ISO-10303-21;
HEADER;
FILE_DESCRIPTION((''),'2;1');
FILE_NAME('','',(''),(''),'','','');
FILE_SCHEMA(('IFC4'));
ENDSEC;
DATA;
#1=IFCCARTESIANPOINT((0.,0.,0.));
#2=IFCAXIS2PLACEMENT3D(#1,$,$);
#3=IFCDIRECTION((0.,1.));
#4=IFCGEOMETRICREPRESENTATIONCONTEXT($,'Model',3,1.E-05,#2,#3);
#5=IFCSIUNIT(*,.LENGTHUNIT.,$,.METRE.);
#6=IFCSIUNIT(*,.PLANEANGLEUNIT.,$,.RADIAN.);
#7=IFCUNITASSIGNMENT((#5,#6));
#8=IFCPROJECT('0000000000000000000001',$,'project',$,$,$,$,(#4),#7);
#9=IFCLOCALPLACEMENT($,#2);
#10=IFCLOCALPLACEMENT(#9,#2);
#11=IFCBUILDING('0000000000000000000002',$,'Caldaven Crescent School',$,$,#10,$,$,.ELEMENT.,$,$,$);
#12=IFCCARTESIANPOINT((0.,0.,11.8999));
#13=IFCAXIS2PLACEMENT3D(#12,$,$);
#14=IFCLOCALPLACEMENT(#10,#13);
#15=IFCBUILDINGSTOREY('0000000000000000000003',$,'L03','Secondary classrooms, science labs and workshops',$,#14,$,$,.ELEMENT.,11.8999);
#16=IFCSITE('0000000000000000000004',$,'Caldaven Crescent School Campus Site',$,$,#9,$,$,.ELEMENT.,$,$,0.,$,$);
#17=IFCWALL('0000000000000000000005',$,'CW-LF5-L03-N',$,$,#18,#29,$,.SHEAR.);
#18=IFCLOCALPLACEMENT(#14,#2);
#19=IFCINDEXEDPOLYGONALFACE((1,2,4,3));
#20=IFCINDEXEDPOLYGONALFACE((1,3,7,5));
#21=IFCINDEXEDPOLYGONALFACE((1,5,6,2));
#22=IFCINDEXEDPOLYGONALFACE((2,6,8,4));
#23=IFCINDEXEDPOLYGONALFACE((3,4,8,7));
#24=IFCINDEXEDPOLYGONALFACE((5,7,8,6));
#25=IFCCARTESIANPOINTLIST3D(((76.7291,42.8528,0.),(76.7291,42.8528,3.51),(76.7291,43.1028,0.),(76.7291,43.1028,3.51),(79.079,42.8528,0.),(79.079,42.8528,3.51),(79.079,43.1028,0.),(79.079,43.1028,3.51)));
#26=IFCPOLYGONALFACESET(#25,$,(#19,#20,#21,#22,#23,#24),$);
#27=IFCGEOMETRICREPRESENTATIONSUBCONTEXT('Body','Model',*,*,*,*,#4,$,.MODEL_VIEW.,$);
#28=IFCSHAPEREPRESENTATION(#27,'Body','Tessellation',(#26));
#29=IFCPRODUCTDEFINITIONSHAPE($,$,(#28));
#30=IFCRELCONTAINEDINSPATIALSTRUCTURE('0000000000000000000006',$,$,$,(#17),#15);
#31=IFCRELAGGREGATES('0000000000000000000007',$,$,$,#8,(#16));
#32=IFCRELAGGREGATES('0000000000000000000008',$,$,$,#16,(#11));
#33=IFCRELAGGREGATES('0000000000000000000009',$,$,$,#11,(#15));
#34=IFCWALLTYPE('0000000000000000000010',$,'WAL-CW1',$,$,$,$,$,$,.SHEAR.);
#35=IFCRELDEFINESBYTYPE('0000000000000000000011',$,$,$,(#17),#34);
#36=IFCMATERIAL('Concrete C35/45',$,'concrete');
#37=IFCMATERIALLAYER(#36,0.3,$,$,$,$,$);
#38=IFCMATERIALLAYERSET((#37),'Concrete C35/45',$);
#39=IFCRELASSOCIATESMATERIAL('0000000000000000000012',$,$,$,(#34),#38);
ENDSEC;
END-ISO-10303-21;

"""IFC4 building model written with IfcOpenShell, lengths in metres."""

from ifc_helpers import new_model, si_unit, direction, frame, frame_2d, origin, place, context, subcontext, project, spatial, rectangle, extrude, material, layer, layer_set, type_object, element, save


model = new_model("IFC4")

# Units and contexts
model_context = context("Model", 3, precision=1e-05, world=origin(), true_north=direction((0.0, 1.0)))
body_context = subcontext(model_context, "Body", "Model", "MODEL_VIEW")
ifc_project = project(units=[si_unit("LENGTHUNIT", "METRE"), si_unit("PLANEANGLEUNIT", "RADIAN")], contexts=[model_context])

# Site, building, storey
site_placement = place(None, origin())
site = spatial("IfcSite", under=ifc_project, at=site_placement, Name="Caldaven Crescent School Campus Site", CompositionType="ELEMENT", RefElevation=0.0)
building_placement = place(site_placement, origin())
building = spatial("IfcBuilding", under=site, at=building_placement, Name="Caldaven Crescent School", CompositionType="ELEMENT")
storey_placement = place(building_placement, frame((0.0, 0.0, 11.8999)))
storey = spatial("IfcBuildingStorey", under=building, at=storey_placement, Name="L03", Description="Secondary classrooms, science labs and workshops", CompositionType="ELEMENT", Elevation=11.8999)

# Wall
ifc_material_1 = material(Name="Concrete C35/45", Category="concrete")
ifc_layer_1 = layer(ifc_material_1, 0.3)
ifc_layer_set_1 = layer_set([ifc_layer_1], Name="Concrete C35/45")
wall_type = type_object("IfcWallType", Name="WAL-CW1", PredefinedType="SHEAR", material=ifc_layer_set_1)
wall_placement = place(storey_placement, frame((76.7292, 42.9778, 0.0), z_axis=(0.0, 0.0, 1.0), x_axis=(1.0, 0.0, 0.0)))
element("IfcWall", 1, at=wall_placement, inside=storey, type_object=wall_type, Name="CW-LF5-L03-N", PredefinedType="SHEAR", context=body_context, shape_type="SweptSolid", body=[
    extrude(rectangle(XDim=2.3499, YDim=0.25, at=frame_2d((1.1748, 0.0))), origin(), (0.0, 0.0, 1.0), 3.51),
])

save(model, "model.ifc")
